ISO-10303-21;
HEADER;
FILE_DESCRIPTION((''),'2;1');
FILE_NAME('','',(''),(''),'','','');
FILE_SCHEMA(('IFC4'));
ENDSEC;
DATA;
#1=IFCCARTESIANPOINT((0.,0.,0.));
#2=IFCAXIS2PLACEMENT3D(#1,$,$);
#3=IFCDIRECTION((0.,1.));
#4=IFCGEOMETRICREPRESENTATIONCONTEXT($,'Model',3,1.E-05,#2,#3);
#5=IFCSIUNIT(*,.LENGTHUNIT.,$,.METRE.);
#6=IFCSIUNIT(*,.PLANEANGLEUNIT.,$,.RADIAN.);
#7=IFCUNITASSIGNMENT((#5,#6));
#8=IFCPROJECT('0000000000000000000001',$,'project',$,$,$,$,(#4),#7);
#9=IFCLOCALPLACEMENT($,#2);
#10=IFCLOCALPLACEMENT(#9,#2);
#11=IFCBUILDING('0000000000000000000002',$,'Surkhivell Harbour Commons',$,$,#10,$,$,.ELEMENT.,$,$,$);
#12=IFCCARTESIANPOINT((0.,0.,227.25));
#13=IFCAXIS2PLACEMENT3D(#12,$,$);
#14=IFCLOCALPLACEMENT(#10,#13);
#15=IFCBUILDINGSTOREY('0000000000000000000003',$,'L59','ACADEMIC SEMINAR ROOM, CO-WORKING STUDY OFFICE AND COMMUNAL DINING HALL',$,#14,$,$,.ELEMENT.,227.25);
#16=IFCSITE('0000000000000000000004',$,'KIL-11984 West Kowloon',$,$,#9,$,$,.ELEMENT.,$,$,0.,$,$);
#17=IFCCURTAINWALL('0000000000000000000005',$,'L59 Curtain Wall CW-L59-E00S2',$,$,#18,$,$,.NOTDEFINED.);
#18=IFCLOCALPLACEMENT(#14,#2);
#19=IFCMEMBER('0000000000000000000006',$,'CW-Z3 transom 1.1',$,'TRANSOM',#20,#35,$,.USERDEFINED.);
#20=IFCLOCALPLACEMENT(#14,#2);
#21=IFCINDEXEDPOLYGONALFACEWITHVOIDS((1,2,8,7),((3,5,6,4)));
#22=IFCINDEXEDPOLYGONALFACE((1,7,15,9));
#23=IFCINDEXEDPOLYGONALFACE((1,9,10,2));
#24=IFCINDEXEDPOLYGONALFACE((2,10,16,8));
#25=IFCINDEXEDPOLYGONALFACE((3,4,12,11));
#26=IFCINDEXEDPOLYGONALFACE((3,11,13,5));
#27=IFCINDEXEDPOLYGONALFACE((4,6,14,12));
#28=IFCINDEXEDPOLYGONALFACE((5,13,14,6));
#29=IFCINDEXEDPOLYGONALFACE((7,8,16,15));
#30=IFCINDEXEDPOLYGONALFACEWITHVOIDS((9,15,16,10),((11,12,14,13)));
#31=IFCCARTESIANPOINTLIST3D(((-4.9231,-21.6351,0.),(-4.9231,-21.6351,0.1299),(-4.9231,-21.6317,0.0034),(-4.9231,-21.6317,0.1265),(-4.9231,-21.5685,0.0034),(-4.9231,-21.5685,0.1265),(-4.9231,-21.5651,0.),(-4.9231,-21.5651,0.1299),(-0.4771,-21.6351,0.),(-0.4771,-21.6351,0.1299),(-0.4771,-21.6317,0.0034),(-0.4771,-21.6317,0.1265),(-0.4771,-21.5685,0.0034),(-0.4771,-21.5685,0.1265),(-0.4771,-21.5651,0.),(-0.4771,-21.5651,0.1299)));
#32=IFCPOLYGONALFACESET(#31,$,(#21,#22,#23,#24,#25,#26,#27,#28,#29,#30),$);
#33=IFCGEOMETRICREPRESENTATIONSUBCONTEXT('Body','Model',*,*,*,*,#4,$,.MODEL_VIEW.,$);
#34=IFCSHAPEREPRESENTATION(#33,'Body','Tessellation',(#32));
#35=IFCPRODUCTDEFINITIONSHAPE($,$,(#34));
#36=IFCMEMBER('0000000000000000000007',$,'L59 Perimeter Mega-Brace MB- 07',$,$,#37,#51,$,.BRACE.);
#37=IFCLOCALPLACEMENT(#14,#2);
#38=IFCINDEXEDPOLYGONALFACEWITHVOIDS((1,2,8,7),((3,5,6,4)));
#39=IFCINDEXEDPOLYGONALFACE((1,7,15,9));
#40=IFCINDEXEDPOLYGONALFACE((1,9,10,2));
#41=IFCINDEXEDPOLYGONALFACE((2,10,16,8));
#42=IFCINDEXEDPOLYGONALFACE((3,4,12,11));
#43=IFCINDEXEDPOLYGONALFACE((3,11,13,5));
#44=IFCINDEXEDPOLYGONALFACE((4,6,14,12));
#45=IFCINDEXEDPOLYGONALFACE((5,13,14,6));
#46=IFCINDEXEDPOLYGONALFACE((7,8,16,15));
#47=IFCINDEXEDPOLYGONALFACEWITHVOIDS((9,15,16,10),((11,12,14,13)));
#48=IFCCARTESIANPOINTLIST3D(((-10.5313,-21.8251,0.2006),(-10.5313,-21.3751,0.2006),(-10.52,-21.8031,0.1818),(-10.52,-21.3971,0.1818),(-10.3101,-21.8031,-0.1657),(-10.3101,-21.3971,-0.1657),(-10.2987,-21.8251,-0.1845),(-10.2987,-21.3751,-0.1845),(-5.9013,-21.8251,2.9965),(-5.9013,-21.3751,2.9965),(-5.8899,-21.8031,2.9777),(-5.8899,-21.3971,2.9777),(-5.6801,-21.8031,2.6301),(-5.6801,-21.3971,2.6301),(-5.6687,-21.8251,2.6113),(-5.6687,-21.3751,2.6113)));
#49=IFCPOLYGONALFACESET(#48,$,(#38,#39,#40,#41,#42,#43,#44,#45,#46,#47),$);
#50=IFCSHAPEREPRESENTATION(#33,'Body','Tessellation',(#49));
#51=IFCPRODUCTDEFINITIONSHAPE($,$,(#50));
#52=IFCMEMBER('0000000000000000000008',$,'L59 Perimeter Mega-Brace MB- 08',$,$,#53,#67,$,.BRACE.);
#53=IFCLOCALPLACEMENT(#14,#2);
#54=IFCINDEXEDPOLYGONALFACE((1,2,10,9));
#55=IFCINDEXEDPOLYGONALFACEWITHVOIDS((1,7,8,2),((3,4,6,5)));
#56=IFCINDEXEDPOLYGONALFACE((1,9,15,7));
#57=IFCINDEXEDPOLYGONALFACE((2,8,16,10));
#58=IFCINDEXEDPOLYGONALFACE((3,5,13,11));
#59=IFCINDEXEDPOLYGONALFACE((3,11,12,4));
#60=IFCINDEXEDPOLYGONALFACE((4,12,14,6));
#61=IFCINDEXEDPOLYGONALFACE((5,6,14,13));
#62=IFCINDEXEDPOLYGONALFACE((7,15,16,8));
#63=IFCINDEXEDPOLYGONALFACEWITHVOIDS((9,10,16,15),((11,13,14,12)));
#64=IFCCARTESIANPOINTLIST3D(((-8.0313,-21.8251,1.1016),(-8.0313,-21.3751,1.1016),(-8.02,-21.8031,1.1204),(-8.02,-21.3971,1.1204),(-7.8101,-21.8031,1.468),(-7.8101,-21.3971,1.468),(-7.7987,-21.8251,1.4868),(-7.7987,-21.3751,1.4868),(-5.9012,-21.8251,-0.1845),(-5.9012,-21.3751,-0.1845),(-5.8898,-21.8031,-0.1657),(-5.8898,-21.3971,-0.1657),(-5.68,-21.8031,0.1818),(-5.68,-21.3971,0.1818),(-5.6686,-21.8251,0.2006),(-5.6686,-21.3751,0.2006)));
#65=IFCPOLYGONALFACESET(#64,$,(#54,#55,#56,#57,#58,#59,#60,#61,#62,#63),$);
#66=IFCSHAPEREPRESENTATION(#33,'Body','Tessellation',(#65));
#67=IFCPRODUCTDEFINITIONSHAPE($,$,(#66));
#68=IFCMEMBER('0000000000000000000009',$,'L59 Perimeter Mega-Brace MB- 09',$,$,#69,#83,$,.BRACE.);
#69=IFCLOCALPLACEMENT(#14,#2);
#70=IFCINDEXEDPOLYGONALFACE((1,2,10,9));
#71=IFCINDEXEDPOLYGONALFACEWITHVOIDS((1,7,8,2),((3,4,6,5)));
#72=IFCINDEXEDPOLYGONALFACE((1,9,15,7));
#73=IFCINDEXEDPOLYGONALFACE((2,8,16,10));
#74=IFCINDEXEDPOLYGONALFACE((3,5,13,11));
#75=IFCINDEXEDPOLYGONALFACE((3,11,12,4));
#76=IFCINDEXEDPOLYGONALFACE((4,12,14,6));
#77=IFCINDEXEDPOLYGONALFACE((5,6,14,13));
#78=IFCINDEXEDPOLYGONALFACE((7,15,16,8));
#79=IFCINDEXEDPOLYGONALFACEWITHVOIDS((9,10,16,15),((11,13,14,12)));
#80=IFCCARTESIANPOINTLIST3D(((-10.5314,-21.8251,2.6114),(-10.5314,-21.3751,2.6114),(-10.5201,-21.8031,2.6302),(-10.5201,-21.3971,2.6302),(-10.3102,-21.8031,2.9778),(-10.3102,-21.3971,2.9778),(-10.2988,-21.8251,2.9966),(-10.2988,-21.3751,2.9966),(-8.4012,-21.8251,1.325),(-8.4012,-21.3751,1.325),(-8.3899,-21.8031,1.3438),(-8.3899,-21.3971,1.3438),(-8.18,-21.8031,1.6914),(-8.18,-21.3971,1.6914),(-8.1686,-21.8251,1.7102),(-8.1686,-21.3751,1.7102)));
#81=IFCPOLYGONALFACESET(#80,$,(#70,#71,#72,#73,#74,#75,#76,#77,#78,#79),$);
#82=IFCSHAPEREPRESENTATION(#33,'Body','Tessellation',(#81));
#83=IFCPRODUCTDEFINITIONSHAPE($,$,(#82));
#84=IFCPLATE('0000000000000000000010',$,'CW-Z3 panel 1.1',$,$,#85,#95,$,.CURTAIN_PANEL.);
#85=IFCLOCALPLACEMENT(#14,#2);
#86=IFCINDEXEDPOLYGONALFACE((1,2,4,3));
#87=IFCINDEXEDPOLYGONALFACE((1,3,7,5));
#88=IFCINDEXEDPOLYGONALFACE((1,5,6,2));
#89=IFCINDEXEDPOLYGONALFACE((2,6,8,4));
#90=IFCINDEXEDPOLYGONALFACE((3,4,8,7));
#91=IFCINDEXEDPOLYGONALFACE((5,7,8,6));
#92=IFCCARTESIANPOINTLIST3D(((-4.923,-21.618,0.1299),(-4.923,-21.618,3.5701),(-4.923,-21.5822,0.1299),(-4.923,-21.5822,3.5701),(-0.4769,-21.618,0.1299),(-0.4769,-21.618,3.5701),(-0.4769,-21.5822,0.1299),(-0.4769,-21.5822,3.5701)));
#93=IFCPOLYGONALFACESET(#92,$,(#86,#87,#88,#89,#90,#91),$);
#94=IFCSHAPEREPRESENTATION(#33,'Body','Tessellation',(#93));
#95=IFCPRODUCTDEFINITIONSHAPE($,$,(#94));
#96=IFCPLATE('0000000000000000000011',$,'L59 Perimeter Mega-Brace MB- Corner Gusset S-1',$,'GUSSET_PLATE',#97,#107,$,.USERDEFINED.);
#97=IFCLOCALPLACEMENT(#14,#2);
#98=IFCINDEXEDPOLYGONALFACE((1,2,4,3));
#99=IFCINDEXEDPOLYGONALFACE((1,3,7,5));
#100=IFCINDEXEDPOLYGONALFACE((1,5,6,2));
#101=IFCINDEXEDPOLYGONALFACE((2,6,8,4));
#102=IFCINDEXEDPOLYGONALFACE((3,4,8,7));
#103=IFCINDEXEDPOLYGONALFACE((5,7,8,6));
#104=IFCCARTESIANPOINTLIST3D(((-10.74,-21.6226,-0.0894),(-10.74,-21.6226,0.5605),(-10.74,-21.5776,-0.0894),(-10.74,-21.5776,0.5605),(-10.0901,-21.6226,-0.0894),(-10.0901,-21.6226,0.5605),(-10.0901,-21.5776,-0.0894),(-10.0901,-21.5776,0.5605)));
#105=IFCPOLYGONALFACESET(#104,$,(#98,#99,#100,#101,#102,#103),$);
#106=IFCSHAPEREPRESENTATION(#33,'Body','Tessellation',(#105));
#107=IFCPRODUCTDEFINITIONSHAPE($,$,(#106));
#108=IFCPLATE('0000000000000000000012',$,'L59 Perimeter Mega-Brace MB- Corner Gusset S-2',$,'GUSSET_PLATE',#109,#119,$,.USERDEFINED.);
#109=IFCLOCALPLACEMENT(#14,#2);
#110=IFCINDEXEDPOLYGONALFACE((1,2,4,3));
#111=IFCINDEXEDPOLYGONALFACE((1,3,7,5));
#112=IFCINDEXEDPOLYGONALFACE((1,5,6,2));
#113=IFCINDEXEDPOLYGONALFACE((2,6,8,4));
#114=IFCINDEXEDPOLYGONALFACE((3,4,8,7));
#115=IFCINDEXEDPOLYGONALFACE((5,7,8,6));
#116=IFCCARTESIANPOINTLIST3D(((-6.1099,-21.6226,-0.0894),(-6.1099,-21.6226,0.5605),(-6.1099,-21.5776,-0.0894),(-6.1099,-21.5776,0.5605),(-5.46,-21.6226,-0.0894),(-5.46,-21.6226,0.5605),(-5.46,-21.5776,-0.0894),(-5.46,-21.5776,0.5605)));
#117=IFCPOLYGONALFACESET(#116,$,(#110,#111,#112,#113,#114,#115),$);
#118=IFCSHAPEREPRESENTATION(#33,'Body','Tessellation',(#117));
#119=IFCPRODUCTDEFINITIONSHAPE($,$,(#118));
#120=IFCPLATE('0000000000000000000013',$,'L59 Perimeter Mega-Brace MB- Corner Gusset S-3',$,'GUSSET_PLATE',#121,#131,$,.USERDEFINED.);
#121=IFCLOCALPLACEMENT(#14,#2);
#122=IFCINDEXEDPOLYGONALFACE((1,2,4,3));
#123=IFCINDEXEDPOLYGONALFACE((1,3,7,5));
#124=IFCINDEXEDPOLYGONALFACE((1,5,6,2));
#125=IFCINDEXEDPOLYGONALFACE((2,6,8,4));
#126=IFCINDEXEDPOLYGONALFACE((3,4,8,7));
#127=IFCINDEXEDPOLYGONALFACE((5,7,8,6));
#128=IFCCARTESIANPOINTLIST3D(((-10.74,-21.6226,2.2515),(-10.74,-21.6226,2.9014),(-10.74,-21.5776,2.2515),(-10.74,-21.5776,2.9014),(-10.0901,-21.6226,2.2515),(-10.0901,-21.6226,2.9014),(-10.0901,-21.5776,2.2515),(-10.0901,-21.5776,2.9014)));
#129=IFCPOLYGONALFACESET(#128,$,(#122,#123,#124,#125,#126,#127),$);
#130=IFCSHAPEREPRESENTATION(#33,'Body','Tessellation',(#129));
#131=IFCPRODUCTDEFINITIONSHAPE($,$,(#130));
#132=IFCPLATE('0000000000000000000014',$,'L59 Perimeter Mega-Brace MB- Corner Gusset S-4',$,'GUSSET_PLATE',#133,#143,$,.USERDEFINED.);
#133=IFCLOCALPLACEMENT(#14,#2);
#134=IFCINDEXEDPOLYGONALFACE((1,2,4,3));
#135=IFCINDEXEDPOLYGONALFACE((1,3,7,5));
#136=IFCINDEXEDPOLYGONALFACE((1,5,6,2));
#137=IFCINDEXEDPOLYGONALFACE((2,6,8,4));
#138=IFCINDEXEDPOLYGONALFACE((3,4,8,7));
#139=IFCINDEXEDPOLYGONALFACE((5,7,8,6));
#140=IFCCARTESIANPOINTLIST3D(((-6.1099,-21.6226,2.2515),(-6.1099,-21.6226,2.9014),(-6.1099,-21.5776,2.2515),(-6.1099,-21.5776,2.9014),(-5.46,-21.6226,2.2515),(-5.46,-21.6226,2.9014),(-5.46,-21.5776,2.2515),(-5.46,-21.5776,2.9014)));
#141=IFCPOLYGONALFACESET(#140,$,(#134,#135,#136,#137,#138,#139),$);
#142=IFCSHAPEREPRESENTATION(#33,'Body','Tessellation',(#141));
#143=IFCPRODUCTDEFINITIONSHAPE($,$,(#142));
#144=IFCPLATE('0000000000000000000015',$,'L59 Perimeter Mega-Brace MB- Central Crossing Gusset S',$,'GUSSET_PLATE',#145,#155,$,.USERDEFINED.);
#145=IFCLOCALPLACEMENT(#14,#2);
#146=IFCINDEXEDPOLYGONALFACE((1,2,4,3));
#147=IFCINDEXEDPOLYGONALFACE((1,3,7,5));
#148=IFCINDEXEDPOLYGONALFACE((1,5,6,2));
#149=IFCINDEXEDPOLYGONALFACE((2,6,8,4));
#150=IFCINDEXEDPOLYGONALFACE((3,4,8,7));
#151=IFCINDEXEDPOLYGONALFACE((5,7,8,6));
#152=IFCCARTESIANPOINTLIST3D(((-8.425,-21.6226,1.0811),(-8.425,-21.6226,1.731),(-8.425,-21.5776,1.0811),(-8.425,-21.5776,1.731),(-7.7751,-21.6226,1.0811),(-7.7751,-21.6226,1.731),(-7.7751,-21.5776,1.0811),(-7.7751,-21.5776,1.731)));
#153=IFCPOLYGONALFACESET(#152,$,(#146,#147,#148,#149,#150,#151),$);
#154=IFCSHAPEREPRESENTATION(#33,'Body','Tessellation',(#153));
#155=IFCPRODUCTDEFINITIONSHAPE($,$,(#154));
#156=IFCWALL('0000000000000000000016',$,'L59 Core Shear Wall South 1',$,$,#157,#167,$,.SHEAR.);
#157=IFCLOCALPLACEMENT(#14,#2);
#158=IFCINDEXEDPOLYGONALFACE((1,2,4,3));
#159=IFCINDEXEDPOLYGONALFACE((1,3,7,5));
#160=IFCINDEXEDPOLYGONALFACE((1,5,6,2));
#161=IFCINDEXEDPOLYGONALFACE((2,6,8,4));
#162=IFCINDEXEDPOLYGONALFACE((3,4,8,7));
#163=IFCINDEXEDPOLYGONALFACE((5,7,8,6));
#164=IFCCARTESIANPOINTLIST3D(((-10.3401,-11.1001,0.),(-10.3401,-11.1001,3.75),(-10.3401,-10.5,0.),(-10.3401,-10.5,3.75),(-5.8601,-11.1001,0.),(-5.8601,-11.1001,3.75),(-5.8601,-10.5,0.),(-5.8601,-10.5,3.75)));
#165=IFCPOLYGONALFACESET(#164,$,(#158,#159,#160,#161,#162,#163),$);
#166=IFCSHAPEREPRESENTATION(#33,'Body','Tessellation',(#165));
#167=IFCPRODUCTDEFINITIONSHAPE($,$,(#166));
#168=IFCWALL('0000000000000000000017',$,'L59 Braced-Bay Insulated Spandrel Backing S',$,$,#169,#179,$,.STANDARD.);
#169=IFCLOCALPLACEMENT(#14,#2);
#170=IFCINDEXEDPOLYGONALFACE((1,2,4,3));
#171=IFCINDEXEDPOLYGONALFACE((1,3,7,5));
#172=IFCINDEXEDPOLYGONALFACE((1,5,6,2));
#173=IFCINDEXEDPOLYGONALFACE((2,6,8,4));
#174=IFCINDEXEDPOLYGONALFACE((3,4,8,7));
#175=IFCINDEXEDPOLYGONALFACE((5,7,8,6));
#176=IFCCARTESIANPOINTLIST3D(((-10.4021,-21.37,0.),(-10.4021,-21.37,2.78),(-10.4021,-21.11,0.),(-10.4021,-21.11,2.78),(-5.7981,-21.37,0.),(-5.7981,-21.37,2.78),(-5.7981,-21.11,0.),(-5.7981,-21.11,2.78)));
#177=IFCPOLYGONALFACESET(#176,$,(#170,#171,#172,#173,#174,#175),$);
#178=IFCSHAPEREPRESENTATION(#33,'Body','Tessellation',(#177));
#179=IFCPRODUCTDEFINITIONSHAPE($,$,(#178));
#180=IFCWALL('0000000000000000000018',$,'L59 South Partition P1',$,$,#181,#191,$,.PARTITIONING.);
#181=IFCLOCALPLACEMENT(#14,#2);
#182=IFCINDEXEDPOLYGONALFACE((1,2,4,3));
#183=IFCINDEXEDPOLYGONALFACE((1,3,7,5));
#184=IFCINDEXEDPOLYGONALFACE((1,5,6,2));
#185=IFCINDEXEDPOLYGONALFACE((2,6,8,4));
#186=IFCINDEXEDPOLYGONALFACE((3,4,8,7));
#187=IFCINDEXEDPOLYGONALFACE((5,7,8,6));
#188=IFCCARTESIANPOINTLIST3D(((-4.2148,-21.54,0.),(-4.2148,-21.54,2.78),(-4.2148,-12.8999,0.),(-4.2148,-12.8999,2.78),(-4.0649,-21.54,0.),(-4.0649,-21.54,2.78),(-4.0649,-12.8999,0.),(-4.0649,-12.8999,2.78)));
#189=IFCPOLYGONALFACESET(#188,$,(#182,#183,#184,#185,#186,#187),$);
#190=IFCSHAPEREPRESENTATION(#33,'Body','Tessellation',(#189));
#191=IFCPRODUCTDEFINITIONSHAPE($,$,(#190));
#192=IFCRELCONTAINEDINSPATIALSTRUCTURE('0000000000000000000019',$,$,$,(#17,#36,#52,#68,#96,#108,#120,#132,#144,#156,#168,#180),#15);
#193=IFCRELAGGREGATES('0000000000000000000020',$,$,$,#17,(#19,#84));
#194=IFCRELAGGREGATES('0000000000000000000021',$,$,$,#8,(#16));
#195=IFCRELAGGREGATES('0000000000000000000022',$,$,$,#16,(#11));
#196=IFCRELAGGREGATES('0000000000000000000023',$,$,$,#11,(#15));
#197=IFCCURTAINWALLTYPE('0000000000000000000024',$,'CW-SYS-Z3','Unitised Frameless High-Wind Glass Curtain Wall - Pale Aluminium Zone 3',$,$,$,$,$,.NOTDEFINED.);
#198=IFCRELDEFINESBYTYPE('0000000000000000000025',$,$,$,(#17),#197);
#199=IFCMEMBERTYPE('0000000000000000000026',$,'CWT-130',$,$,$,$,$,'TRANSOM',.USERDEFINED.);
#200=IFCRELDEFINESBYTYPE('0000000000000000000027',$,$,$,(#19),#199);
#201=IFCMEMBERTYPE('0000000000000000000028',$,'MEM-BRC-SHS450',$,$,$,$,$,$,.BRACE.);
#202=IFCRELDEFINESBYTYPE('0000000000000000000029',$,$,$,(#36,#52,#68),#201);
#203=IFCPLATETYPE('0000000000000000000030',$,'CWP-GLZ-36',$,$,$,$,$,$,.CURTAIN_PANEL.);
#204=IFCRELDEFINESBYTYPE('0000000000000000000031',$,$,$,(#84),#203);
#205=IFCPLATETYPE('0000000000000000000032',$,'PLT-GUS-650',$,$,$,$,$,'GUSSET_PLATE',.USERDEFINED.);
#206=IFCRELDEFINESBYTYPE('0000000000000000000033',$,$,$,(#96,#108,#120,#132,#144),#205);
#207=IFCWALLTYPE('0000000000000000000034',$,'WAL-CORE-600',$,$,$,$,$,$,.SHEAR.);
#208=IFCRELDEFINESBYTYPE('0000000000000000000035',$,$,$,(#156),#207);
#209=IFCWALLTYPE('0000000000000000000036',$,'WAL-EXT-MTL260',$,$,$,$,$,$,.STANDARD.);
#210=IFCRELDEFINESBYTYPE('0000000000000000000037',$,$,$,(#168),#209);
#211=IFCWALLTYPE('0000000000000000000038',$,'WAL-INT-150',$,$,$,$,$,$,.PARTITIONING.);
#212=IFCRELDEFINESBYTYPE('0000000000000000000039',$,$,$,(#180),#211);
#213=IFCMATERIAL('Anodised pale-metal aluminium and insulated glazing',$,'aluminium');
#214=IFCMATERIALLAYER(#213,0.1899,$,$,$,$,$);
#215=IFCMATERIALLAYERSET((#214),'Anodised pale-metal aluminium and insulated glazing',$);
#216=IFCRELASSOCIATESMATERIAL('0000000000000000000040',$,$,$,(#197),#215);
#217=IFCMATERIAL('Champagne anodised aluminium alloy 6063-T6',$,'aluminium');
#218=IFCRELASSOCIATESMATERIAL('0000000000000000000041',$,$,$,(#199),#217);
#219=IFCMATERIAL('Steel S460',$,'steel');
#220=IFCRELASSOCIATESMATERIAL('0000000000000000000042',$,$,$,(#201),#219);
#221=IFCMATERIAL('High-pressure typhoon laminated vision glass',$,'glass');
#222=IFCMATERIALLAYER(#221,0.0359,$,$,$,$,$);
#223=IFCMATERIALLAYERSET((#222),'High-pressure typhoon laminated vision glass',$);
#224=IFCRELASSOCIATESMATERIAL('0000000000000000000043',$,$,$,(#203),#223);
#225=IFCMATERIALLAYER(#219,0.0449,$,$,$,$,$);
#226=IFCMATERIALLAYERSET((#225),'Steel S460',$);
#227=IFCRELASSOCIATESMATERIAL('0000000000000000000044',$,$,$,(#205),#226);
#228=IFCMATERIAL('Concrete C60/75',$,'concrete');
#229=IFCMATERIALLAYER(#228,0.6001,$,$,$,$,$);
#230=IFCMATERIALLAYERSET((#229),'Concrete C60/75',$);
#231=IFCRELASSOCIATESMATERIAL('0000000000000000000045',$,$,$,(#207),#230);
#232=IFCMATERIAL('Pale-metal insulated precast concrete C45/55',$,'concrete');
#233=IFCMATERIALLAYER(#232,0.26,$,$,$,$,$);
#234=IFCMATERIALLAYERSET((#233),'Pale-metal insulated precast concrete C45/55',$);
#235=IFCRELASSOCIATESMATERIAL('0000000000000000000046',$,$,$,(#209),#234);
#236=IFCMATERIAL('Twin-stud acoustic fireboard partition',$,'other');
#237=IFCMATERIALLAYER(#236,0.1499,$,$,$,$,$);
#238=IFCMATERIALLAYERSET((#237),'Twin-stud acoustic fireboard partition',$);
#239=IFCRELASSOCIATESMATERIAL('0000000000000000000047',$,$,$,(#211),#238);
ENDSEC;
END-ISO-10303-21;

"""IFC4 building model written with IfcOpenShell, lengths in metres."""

from ifc_helpers import new_model, si_unit, direction, frame, frame_2d, origin, origin_2d, place, context, subcontext, project, spatial, rectangle, hollow_rectangle, extrude, material, layer, layer_set, material_profile, profile_set, type_object, element, aggregate, save


model = new_model("IFC4")

# Units and contexts
model_context = context("Model", 3, precision=1e-05, world=origin(), true_north=direction((0.0, 1.0)))
body_context = subcontext(model_context, "Body", "Model", "MODEL_VIEW")
ifc_project = project(units=[si_unit("LENGTHUNIT", "METRE"), si_unit("PLANEANGLEUNIT", "RADIAN")], contexts=[model_context])

# Site, building, storey
site_placement = place(None, origin())
site = spatial("IfcSite", under=ifc_project, at=site_placement, Name="KIL-11984 West Kowloon", CompositionType="ELEMENT", RefElevation=0.0)
building_placement = place(site_placement, origin())
building = spatial("IfcBuilding", under=site, at=building_placement, Name="Surkhivell Harbour Commons", CompositionType="ELEMENT")
storey_placement = place(building_placement, frame((0.0, 0.0, 227.25)))
storey = spatial("IfcBuildingStorey", under=building, at=storey_placement, Name="L59", Description="ACADEMIC SEMINAR ROOM, CO-WORKING STUDY OFFICE AND COMMUNAL DINING HALL", CompositionType="ELEMENT", Elevation=227.25)

# Shared definitions
ifc_material_1 = material(Name="Concrete C60/75", Category="concrete")

# Shared definitions
ifc_material_2 = material(Name="Anodised pale-metal aluminium and insulated glazing", Category="aluminium")
ifc_layer_1 = layer(ifc_material_2, 0.1899)
ifc_layer_set_1 = layer_set([ifc_layer_1], Name="Anodised pale-metal aluminium and insulated glazing")
curtain_wall_type = type_object("IfcCurtainWallType", Name="CW-SYS-Z3", Description="Unitised Frameless High-Wind Glass Curtain Wall - Pale Aluminium Zone 3", PredefinedType="NOTDEFINED", material=ifc_layer_set_1)

# Curtain wall, member
curtain_wall_1_placement = place(storey_placement, origin())
curtain_wall_1 = element("IfcCurtainWall", 1, at=curtain_wall_1_placement, inside=storey, type_object=curtain_wall_type, Name="L59 Curtain Wall CW-L59-E00S2", PredefinedType="NOTDEFINED")
ifc_material_3 = material(Name="Champagne anodised aluminium alloy 6063-T6", Category="aluminium")
ifc_material_profile_1 = material_profile(ifc_material_3, hollow_rectangle(XDim=0.0701, YDim=0.1299, WallThickness=0.0034, at=origin_2d()), Name="ALU-TRAN-70x130")
ifc_profile_set_1 = profile_set([ifc_material_profile_1], Name="Champagne anodised aluminium alloy 6063-T6")
member_type_1 = type_object("IfcMemberType", Name="CWT-130", ElementType="TRANSOM", PredefinedType="USERDEFINED", material=ifc_profile_set_1)
member_1_placement = place(storey_placement, frame((-4.9231, -21.6001, 0.0649), z_axis=(1.0, 0.0, 0.0), x_axis=(0.0, 1.0, 0.0)))
member_1 = element("IfcMember", 2, at=member_1_placement, type_object=member_type_1, Name="CW-Z3 transom 1.1", ObjectType="TRANSOM", PredefinedType="USERDEFINED", context=body_context, shape_type="SweptSolid", body=[
    extrude(hollow_rectangle(XDim=0.0701, YDim=0.1299, WallThickness=0.0034, at=origin_2d()), origin(), (0.0, 0.0, 1.0), 4.446),
])

# Members
ifc_material_4 = material(Name="Steel S460", Category="steel")
ifc_material_profile_2 = material_profile(ifc_material_4, hollow_rectangle(XDim=0.45, YDim=0.45, WallThickness=0.022, at=origin_2d()), Name="SHS450x450x22")
ifc_profile_set_2 = profile_set([ifc_material_profile_2], Name="Steel S460")
member_type_2 = type_object("IfcMemberType", Name="MEM-BRC-SHS450", PredefinedType="BRACE", material=ifc_profile_set_2)
member_2_placement = place(storey_placement, frame((-10.415, -21.6001, 0.0081), z_axis=(0.856036, 0.0, 0.516917), x_axis=(0.0, 1.0, 0.0)))
element("IfcMember", 3, at=member_2_placement, inside=storey, type_object=member_type_2, Name="L59 Perimeter Mega-Brace MB- 07", PredefinedType="BRACE", context=body_context, shape_type="SweptSolid", body=[
    extrude(hollow_rectangle(XDim=0.45, YDim=0.45, WallThickness=0.022, at=origin_2d()), origin(), (0.0, 0.0, 1.0), 5.4087),
])
member_3_placement = place(storey_placement, frame((-5.7849, -21.6001, 0.0081), z_axis=(-0.856061, 0.0, 0.516875), x_axis=(0.0, -1.0, 0.0)))
element("IfcMember", 4, at=member_3_placement, inside=storey, type_object=member_type_2, Name="L59 Perimeter Mega-Brace MB- 08", PredefinedType="BRACE", context=body_context, shape_type="SweptSolid", body=[
    extrude(hollow_rectangle(XDim=0.45, YDim=0.45, WallThickness=0.022, at=origin_2d()), origin(), (0.0, 0.0, 1.0), 2.4883),
])
member_4_placement = place(storey_placement, frame((-8.2849, -21.6001, 1.5176), z_axis=(-0.856018, 0.0, 0.516946), x_axis=(0.0, -1.0, 0.0)))
element("IfcMember", 5, at=member_4_placement, inside=storey, type_object=member_type_2, Name="L59 Perimeter Mega-Brace MB- 09", PredefinedType="BRACE", context=body_context, shape_type="SweptSolid", body=[
    extrude(hollow_rectangle(XDim=0.45, YDim=0.45, WallThickness=0.022, at=origin_2d()), origin(), (0.0, 0.0, 1.0), 2.4885),
])

# Plate
ifc_material_5 = material(Name="High-pressure typhoon laminated vision glass", Category="glass")
ifc_layer_2 = layer(ifc_material_5, 0.0359)
ifc_layer_set_2 = layer_set([ifc_layer_2], Name="High-pressure typhoon laminated vision glass")
plate_type_1 = type_object("IfcPlateType", Name="CWP-GLZ-36", PredefinedType="CURTAIN_PANEL", material=ifc_layer_set_2)
plate_placement = place(storey_placement, frame((-4.9231, -21.6001, 0.1299), z_axis=(0.0, 0.0, 1.0), x_axis=(1.0, 0.0, 0.0)))
plate = element("IfcPlate", 6, at=plate_placement, type_object=plate_type_1, Name="CW-Z3 panel 1.1", PredefinedType="CURTAIN_PANEL", context=body_context, shape_type="SweptSolid", body=[
    extrude(rectangle(XDim=4.446, YDim=0.0359, at=frame_2d((2.2231, 0.0))), origin(), (0.0, 0.0, 1.0), 3.4402),
])
aggregate(curtain_wall_1, [member_1, plate])

# Plates
ifc_layer_3 = layer(ifc_material_4, 0.0449)
ifc_layer_set_3 = layer_set([ifc_layer_3], Name="Steel S460")
plate_type_2 = type_object("IfcPlateType", Name="PLT-GUS-650", ElementType="GUSSET_PLATE", PredefinedType="USERDEFINED", material=ifc_layer_set_3)
for number, where, z_axis, x_axis, name in (
    (7, (-10.415, -21.6001, -0.0894), (0.0, 0.0, 1.0), (1.0, 0.0, 0.0), "L59 Perimeter Mega-Brace MB- Corner Gusset S-1"),
    (8, (-5.7849, -21.6001, -0.0894), (0.0, 0.0, 1.0), (1.0, 0.0, 0.0), "L59 Perimeter Mega-Brace MB- Corner Gusset S-2"),
    (9, (-10.415, -21.6001, 2.2515), (0.0, 0.0, 1.0), (1.0, 0.0, 0.0), "L59 Perimeter Mega-Brace MB- Corner Gusset S-3"),
    (10, (-5.7849, -21.6001, 2.2515), (0.0, 0.0, 1.0), (1.0, 0.0, 0.0), "L59 Perimeter Mega-Brace MB- Corner Gusset S-4"),
    (11, (-8.1001, -21.6001, 1.0811), (0.0, 0.0, 1.0), (1.0, 0.0, 0.0), "L59 Perimeter Mega-Brace MB- Central Crossing Gusset S"),
):
    element("IfcPlate", number, at=place(storey_placement, frame(where, z_axis=z_axis, x_axis=x_axis)), inside=storey, type_object=plate_type_2, Name=name, ObjectType="GUSSET_PLATE", PredefinedType="USERDEFINED", context=body_context, shape_type="SweptSolid", body=[
        extrude(rectangle(XDim=0.6499, YDim=0.0449, at=origin_2d()), origin(), (0.0, 0.0, 1.0), 0.6499),
    ])

# Walls
ifc_layer_4 = layer(ifc_material_1, 0.6001)
ifc_layer_set_4 = layer_set([ifc_layer_4], Name="Concrete C60/75")
wall_type_1 = type_object("IfcWallType", Name="WAL-CORE-600", PredefinedType="SHEAR", material=ifc_layer_set_4)
wall_1_placement = place(storey_placement, frame((-10.3401, -10.8, 0.0), z_axis=(0.0, 0.0, 1.0), x_axis=(1.0, 0.0, 0.0)))
element("IfcWall", 12, at=wall_1_placement, inside=storey, type_object=wall_type_1, Name="L59 Core Shear Wall South 1", PredefinedType="SHEAR", context=body_context, shape_type="SweptSolid", body=[
    extrude(rectangle(XDim=4.48, YDim=0.6001, at=frame_2d((2.24, 0.0))), origin(), (0.0, 0.0, 1.0), 3.75),
])
ifc_material_6 = material(Name="Pale-metal insulated precast concrete C45/55", Category="concrete")
ifc_layer_5 = layer(ifc_material_6, 0.26)
ifc_layer_set_5 = layer_set([ifc_layer_5], Name="Pale-metal insulated precast concrete C45/55")
wall_type_2 = type_object("IfcWallType", Name="WAL-EXT-MTL260", PredefinedType="STANDARD", material=ifc_layer_set_5)
wall_2_placement = place(storey_placement, frame((-10.4021, -21.24, 0.0), z_axis=(0.0, 0.0, 1.0), x_axis=(1.0, 0.0, 0.0)))
element("IfcWall", 13, at=wall_2_placement, inside=storey, type_object=wall_type_2, Name="L59 Braced-Bay Insulated Spandrel Backing S", PredefinedType="STANDARD", context=body_context, shape_type="SweptSolid", body=[
    extrude(rectangle(XDim=4.604, YDim=0.26, at=frame_2d((2.302, 0.0))), origin(), (0.0, 0.0, 1.0), 2.78),
])
ifc_material_7 = material(Name="Twin-stud acoustic fireboard partition", Category="other")
ifc_layer_6 = layer(ifc_material_7, 0.1499)
ifc_layer_set_6 = layer_set([ifc_layer_6], Name="Twin-stud acoustic fireboard partition")
wall_type_3 = type_object("IfcWallType", Name="WAL-INT-150", PredefinedType="PARTITIONING", material=ifc_layer_set_6)
wall_3_placement = place(storey_placement, frame((-4.1399, -21.54, 0.0), z_axis=(0.0, 0.0, 1.0), x_axis=(0.0, 1.0, 0.0)))
element("IfcWall", 14, at=wall_3_placement, inside=storey, type_object=wall_type_3, Name="L59 South Partition P1", PredefinedType="PARTITIONING", context=body_context, shape_type="SweptSolid", body=[
    extrude(rectangle(XDim=8.6401, YDim=0.1499, at=frame_2d((4.3201, 0.0))), origin(), (0.0, 0.0, 1.0), 2.78),
])

save(model, "model.ifc")
